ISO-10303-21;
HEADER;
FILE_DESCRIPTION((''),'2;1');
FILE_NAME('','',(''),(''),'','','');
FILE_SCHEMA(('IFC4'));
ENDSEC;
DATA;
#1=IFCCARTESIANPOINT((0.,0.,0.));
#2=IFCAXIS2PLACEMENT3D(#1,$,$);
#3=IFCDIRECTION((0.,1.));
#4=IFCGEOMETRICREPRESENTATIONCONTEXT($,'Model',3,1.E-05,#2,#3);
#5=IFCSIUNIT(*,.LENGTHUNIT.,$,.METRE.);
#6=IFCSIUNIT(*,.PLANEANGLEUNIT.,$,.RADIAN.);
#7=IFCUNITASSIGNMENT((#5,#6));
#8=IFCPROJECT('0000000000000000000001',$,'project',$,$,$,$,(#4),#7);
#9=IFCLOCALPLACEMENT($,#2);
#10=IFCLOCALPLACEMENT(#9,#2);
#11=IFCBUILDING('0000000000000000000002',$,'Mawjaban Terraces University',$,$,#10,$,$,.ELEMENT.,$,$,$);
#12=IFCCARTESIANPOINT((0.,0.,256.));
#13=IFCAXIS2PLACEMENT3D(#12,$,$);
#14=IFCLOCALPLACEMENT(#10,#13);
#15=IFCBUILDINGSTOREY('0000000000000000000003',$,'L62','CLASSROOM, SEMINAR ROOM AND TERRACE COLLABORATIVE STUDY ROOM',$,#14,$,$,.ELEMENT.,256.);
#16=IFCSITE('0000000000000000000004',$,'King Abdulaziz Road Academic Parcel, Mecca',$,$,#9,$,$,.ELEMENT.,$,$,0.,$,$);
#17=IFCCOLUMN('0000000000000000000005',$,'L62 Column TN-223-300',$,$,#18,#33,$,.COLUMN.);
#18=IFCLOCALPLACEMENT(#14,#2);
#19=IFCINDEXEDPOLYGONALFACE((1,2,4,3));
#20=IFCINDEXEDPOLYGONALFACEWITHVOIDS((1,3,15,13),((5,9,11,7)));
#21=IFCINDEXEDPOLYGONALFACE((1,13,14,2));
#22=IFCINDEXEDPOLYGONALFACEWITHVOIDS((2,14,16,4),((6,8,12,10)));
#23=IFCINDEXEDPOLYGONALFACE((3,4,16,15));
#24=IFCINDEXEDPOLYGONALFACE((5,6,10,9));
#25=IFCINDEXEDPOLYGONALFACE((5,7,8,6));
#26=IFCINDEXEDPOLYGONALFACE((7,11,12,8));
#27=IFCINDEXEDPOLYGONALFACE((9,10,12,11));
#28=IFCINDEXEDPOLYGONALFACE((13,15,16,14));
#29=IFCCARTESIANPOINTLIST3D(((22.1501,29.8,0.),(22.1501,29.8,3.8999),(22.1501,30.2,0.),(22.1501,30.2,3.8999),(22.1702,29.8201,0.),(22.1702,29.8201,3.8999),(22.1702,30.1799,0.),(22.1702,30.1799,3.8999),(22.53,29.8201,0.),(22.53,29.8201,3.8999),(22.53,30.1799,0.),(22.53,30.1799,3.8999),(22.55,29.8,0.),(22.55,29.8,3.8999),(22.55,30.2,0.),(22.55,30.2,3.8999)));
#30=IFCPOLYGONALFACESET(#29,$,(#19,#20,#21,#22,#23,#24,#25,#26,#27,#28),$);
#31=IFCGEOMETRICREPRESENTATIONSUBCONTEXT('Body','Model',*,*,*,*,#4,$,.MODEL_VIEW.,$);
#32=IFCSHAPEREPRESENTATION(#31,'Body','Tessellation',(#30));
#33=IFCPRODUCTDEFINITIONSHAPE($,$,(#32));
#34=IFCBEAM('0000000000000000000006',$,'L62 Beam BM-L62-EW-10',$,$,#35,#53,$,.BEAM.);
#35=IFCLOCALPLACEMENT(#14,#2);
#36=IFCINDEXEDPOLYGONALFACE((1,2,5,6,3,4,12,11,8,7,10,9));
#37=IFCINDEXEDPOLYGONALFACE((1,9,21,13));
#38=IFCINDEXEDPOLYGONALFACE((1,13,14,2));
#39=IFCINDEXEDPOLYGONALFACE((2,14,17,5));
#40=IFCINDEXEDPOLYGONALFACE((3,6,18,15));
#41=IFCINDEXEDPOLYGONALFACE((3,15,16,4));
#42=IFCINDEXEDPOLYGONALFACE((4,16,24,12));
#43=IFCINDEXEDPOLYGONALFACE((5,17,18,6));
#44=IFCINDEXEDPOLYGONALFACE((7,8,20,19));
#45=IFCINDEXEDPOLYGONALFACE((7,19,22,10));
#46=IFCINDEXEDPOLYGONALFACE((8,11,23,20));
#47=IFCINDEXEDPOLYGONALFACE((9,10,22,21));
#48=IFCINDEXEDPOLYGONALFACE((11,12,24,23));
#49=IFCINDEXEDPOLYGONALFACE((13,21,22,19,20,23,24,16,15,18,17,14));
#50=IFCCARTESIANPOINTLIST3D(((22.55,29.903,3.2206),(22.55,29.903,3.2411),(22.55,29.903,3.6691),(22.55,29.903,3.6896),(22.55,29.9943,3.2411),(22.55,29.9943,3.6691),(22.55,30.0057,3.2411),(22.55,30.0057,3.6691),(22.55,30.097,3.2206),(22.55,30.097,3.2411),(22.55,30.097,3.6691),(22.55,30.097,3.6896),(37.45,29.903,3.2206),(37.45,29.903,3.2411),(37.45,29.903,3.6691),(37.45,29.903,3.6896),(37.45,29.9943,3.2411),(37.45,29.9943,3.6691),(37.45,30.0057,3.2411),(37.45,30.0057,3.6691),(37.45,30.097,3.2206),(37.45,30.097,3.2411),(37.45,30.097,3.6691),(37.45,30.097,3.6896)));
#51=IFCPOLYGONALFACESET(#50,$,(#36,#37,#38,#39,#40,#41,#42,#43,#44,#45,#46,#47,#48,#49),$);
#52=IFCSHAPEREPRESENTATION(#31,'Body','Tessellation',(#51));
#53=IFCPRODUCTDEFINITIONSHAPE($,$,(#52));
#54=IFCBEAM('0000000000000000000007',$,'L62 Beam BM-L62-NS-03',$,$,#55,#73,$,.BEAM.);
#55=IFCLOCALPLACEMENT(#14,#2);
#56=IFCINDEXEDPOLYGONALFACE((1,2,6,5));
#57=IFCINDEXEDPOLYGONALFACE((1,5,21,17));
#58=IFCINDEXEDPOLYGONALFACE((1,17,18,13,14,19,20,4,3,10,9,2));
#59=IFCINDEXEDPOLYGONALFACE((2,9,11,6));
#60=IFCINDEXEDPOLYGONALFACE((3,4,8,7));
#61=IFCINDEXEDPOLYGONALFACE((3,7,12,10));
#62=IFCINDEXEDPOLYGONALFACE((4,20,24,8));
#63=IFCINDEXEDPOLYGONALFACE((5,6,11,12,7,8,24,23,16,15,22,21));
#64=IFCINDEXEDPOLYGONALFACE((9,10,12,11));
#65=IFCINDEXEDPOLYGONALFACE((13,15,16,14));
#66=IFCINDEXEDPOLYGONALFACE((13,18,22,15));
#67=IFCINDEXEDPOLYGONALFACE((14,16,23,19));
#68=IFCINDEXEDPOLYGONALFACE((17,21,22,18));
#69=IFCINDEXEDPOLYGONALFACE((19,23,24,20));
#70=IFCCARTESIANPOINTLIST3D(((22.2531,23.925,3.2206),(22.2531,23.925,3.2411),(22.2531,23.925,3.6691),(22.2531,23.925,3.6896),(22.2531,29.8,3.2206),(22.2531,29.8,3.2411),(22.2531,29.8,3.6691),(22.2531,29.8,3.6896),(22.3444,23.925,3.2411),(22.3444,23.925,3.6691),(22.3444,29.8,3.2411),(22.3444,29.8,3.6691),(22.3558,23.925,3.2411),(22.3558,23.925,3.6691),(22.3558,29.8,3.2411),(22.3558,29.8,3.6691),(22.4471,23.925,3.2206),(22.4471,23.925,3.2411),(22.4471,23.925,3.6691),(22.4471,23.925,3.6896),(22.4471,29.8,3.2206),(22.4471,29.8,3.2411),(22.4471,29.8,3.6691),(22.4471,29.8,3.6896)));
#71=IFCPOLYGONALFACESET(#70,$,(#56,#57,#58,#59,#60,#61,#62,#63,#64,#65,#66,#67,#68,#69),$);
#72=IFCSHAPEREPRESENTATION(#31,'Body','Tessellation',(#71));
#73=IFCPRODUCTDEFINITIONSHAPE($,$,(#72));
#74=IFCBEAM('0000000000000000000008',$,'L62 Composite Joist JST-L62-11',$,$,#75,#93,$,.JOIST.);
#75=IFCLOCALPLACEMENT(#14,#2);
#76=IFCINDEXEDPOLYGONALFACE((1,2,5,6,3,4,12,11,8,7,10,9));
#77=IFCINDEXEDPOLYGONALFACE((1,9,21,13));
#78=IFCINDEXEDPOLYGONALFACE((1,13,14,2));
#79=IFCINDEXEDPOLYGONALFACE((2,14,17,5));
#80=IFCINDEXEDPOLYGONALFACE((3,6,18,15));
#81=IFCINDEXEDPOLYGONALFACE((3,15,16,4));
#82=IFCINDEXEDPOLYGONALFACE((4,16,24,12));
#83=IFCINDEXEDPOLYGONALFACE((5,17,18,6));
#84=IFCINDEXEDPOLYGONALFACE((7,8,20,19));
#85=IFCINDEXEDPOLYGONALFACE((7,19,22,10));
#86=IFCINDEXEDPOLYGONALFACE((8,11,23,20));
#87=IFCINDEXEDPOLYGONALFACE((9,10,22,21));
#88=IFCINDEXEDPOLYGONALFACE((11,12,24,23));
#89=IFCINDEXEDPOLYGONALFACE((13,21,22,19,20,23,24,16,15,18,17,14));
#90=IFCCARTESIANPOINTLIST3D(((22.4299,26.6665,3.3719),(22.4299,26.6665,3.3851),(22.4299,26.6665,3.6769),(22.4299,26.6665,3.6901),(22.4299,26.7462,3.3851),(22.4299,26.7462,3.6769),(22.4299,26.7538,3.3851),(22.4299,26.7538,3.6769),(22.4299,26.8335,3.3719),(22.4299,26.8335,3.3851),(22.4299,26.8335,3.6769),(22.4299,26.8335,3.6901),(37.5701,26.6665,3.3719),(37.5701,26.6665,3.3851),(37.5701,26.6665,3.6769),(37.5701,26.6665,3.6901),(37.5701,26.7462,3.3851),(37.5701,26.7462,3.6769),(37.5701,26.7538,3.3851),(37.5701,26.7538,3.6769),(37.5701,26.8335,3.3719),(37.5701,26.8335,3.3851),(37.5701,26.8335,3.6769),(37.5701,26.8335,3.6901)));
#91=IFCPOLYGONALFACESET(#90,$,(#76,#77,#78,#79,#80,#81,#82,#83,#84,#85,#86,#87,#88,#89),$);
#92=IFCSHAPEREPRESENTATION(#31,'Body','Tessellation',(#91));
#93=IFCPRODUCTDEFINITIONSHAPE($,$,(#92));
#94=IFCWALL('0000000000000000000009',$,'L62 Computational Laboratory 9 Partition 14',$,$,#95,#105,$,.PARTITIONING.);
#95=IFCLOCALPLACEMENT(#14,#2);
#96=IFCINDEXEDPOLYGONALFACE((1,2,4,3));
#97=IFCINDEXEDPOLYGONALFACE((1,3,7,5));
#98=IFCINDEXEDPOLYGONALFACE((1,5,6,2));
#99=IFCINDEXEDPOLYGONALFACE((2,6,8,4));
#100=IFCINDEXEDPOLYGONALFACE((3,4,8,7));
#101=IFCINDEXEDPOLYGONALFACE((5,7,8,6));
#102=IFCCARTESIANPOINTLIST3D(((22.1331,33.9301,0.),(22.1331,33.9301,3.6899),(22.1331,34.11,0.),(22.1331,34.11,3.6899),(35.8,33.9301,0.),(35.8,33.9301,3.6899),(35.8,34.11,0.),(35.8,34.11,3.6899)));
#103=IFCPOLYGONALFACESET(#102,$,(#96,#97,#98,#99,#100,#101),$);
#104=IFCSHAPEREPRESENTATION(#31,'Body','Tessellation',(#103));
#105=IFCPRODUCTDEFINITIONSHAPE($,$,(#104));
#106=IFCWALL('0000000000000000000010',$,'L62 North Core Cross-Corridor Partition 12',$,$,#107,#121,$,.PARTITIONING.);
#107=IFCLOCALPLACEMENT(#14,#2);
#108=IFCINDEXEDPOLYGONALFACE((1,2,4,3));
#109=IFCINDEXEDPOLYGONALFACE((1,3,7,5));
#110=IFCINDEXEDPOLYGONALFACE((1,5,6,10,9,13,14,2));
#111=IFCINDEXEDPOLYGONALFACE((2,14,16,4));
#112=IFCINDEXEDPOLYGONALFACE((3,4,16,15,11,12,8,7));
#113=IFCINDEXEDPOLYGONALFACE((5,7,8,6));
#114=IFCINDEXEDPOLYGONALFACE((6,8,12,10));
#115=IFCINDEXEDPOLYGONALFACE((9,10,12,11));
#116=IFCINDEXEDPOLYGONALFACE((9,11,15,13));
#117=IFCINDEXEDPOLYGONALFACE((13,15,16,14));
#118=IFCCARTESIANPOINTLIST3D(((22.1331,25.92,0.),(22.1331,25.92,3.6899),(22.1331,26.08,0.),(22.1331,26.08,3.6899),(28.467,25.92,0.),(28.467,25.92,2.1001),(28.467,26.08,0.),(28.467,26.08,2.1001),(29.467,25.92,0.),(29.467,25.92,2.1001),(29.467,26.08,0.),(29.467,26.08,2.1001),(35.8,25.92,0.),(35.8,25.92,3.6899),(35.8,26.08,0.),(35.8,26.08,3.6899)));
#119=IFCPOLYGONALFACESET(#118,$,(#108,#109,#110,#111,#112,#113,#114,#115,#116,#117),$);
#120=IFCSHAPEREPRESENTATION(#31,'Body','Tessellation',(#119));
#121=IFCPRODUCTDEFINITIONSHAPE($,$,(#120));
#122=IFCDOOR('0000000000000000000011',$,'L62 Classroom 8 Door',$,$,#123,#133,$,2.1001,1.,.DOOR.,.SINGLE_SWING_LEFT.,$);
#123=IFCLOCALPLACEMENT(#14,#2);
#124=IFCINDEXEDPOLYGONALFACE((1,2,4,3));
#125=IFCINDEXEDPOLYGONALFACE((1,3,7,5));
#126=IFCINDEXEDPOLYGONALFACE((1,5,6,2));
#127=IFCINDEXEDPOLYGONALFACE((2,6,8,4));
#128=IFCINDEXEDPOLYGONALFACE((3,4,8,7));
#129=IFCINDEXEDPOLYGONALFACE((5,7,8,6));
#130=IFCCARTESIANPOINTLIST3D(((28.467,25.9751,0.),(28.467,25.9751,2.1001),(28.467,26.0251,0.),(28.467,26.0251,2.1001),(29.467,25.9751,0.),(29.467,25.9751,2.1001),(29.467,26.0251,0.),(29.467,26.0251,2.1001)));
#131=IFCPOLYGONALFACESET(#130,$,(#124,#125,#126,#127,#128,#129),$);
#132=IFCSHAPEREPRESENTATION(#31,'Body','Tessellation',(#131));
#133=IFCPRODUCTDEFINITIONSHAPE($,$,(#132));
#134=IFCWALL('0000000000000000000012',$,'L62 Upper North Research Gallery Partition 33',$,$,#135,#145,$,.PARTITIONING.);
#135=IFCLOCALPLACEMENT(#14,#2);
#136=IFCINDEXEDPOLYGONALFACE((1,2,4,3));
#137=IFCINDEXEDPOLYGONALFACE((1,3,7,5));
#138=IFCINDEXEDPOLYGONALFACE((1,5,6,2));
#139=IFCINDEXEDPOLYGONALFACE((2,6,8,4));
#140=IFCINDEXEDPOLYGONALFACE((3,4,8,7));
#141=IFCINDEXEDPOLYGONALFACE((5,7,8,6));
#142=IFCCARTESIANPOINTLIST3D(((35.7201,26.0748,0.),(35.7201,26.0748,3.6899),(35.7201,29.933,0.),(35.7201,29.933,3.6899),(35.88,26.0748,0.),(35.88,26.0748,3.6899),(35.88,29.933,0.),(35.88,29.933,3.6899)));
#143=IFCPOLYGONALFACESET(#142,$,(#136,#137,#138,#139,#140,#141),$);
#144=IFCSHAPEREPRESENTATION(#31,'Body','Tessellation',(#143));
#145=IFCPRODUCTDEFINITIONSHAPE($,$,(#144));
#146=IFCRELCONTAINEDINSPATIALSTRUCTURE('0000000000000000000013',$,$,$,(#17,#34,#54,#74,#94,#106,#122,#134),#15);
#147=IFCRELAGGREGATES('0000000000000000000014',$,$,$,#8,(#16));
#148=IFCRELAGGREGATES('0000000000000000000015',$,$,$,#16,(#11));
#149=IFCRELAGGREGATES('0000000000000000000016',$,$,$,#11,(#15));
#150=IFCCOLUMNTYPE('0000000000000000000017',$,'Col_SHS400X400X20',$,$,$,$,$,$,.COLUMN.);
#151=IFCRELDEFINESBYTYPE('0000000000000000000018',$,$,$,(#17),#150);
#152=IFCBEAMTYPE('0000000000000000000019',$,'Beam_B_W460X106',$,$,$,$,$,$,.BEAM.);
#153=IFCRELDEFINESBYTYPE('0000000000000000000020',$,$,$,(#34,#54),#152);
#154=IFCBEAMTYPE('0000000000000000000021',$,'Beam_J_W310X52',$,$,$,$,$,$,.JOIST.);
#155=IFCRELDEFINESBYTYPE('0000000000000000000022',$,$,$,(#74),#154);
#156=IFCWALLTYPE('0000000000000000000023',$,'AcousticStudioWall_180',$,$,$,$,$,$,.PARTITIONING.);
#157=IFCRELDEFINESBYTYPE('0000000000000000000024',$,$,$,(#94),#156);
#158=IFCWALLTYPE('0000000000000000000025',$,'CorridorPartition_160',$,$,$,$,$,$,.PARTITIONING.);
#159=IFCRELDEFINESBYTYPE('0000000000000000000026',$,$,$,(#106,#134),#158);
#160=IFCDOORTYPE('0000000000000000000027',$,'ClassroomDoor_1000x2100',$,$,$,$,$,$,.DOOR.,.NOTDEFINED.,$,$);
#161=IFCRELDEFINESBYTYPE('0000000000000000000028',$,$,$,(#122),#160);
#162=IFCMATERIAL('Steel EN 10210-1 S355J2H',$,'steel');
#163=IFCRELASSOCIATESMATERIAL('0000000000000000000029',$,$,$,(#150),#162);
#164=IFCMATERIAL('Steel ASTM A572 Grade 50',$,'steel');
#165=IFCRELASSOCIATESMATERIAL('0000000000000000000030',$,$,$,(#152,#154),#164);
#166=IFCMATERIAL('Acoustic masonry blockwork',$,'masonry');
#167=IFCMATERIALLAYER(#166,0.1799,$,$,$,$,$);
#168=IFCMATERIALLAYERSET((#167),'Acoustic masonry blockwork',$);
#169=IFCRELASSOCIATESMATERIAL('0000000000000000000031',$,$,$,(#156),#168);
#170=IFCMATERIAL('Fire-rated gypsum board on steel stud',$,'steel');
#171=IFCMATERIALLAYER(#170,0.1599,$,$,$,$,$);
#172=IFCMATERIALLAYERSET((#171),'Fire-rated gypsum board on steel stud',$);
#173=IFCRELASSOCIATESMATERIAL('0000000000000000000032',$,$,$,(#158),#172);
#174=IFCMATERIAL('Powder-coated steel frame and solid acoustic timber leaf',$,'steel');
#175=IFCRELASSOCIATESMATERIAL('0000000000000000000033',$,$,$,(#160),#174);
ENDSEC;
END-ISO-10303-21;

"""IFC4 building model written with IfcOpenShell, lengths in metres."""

from ifc_helpers import new_model, si_unit, direction, frame, frame_2d, origin, origin_2d, place, context, subcontext, project, spatial, rectangle, hollow_rectangle, i_section, extrude, material, layer, layer_set, material_profile, profile_set, type_object, element, fill, save


model = new_model("IFC4")

# Units and contexts
model_context = context("Model", 3, precision=1e-05, world=origin(), true_north=direction((0.0, 1.0)))
body_context = subcontext(model_context, "Body", "Model", "MODEL_VIEW")
ifc_project = project(units=[si_unit("LENGTHUNIT", "METRE"), si_unit("PLANEANGLEUNIT", "RADIAN")], contexts=[model_context])

# Site, building, storey
site_placement = place(None, origin())
site = spatial("IfcSite", under=ifc_project, at=site_placement, Name="King Abdulaziz Road Academic Parcel, Mecca", CompositionType="ELEMENT", RefElevation=0.0)
building_placement = place(site_placement, origin())
building = spatial("IfcBuilding", under=site, at=building_placement, Name="Mawjaban Terraces University", CompositionType="ELEMENT")
storey_placement = place(building_placement, frame((0.0, 0.0, 256.0)))
storey = spatial("IfcBuildingStorey", under=building, at=storey_placement, Name="L62", Description="CLASSROOM, SEMINAR ROOM AND TERRACE COLLABORATIVE STUDY ROOM", CompositionType="ELEMENT", Elevation=256.0)

# Column
ifc_material_1 = material(Name="Steel EN 10210-1 S355J2H", Category="steel")
ifc_material_profile_1 = material_profile(ifc_material_1, hollow_rectangle(XDim=0.3999, YDim=0.3999, WallThickness=0.02, at=origin_2d()), Name="SHS400X400X20")
ifc_profile_set_1 = profile_set([ifc_material_profile_1], Name="Steel EN 10210-1 S355J2H")
column_type = type_object("IfcColumnType", Name="Col_SHS400X400X20", PredefinedType="COLUMN", material=ifc_profile_set_1)
column_placement = place(storey_placement, frame((22.3501, 30.0, 0.0), z_axis=(0.0, 0.0, 1.0), x_axis=(1.0, 0.0, 0.0)))
element("IfcColumn", 1, at=column_placement, inside=storey, type_object=column_type, Name="L62 Column TN-223-300", PredefinedType="COLUMN", context=body_context, shape_type="SweptSolid", body=[
    extrude(hollow_rectangle(XDim=0.3999, YDim=0.3999, WallThickness=0.02, at=origin_2d()), origin(), (0.0, 0.0, 1.0), 3.8999),
])

# Beams
ifc_material_2 = material(Name="Steel ASTM A572 Grade 50", Category="steel")
ifc_material_profile_2 = material_profile(ifc_material_2, i_section(OverallWidth=0.1941, OverallDepth=0.469, WebThickness=0.0115, FlangeThickness=0.0205, at=origin_2d()), Name="W460X106")
ifc_profile_set_2 = profile_set([ifc_material_profile_2], Name="Steel ASTM A572 Grade 50")
beam_type_1 = type_object("IfcBeamType", Name="Beam_B_W460X106", PredefinedType="BEAM", material=ifc_profile_set_2)
beam_1_placement = place(storey_placement, frame((22.55, 30.0, 3.4551), z_axis=(1.0, 0.0, 0.0), x_axis=(0.0, 1.0, 0.0)))
element("IfcBeam", 2, at=beam_1_placement, inside=storey, type_object=beam_type_1, Name="L62 Beam BM-L62-EW-10", PredefinedType="BEAM", context=body_context, shape_type="SweptSolid", body=[
    extrude(i_section(OverallWidth=0.1941, OverallDepth=0.469, WebThickness=0.0115, FlangeThickness=0.0205, at=origin_2d()), origin(), (0.0, 0.0, 1.0), 14.8999),
])
beam_2_placement = place(storey_placement, frame((22.3501, 23.925, 3.4551), z_axis=(0.0, 1.0, 0.0), x_axis=(-1.0, 0.0, 0.0)))
element("IfcBeam", 3, at=beam_2_placement, inside=storey, type_object=beam_type_1, Name="L62 Beam BM-L62-NS-03", PredefinedType="BEAM", context=body_context, shape_type="SweptSolid", body=[
    extrude(i_section(OverallWidth=0.1941, OverallDepth=0.469, WebThickness=0.0115, FlangeThickness=0.0205, at=origin_2d()), origin(), (0.0, 0.0, 1.0), 5.875),
])
ifc_material_profile_3 = material_profile(ifc_material_2, i_section(OverallWidth=0.167, OverallDepth=0.3181, WebThickness=0.0076, FlangeThickness=0.0132, at=origin_2d()), Name="W310X52")
ifc_profile_set_3 = profile_set([ifc_material_profile_3], Name="Steel ASTM A572 Grade 50")
beam_type_2 = type_object("IfcBeamType", Name="Beam_J_W310X52", PredefinedType="JOIST", material=ifc_profile_set_3)
beam_3_placement = place(storey_placement, frame((22.4299, 26.75, 3.531), z_axis=(1.0, 0.0, 0.0), x_axis=(0.0, 1.0, 0.0)))
element("IfcBeam", 4, at=beam_3_placement, inside=storey, type_object=beam_type_2, Name="L62 Composite Joist JST-L62-11", PredefinedType="JOIST", context=body_context, shape_type="SweptSolid", body=[
    extrude(i_section(OverallWidth=0.167, OverallDepth=0.3181, WebThickness=0.0076, FlangeThickness=0.0132, at=origin_2d()), origin(), (0.0, 0.0, 1.0), 15.1401),
])

# Wall
ifc_material_3 = material(Name="Acoustic masonry blockwork", Category="masonry")
ifc_layer_1 = layer(ifc_material_3, 0.1799)
ifc_layer_set_1 = layer_set([ifc_layer_1], Name="Acoustic masonry blockwork")
wall_type_1 = type_object("IfcWallType", Name="AcousticStudioWall_180", PredefinedType="PARTITIONING", material=ifc_layer_set_1)
wall_1_placement = place(storey_placement, frame((35.8, 34.02, 0.0), z_axis=(0.0, 0.0, 1.0), x_axis=(-1.0, 0.0, 0.0)))
element("IfcWall", 5, at=wall_1_placement, inside=storey, type_object=wall_type_1, Name="L62 Computational Laboratory 9 Partition 14", PredefinedType="PARTITIONING", context=body_context, shape_type="SweptSolid", body=[
    extrude(rectangle(XDim=13.667, YDim=0.1799, at=frame_2d((6.8335, 0.0))), origin(), (0.0, 0.0, 1.0), 3.6899),
])

# Wall, opening, door
ifc_material_4 = material(Name="Fire-rated gypsum board on steel stud", Category="steel")
ifc_layer_2 = layer(ifc_material_4, 0.1599)
ifc_layer_set_2 = layer_set([ifc_layer_2], Name="Fire-rated gypsum board on steel stud")
wall_type_2 = type_object("IfcWallType", Name="CorridorPartition_160", PredefinedType="PARTITIONING", material=ifc_layer_set_2)
wall_2_placement = place(storey_placement, frame((35.8, 26.0, 0.0), z_axis=(0.0, 0.0, 1.0), x_axis=(-1.0, 0.0, 0.0)))
wall_2 = element("IfcWall", 6, at=wall_2_placement, inside=storey, type_object=wall_type_2, Name="L62 North Core Cross-Corridor Partition 12", PredefinedType="PARTITIONING", context=body_context, shape_type="SweptSolid", body=[
    extrude(rectangle(XDim=13.667, YDim=0.1599, at=frame_2d((6.8335, 0.0))), origin(), (0.0, 0.0, 1.0), 3.6899),
])
opening_1_placement = place(wall_2_placement, frame((6.333, 0.0, 0.0)))
opening_1 = element("IfcOpeningElement", 7, at=opening_1_placement, cuts=wall_2, PredefinedType="OPENING", context=body_context, shape_type="SweptSolid", body=[
    extrude(rectangle(XDim=1.0, YDim=2.1001, at=frame_2d((0.5, 1.05))), frame((0.0, 0.0898, 0.0), z_axis=(0.0, -1.0, 0.0), x_axis=(1.0, 0.0, 0.0)), (0.0, 0.0, 1.0), 0.1799),
])
ifc_material_5 = material(Name="Powder-coated steel frame and solid acoustic timber leaf", Category="steel")
door_type_1 = type_object("IfcDoorType", Name="ClassroomDoor_1000x2100", OperationType="NOTDEFINED", PredefinedType="DOOR", material=ifc_material_5)
door_1_placement = place(opening_1_placement, origin())
door_1 = element("IfcDoor", 8, at=door_1_placement, inside=storey, type_object=door_type_1, Name="L62 Classroom 8 Door", OperationType="SINGLE_SWING_LEFT", OverallHeight=2.1001, OverallWidth=1.0, PredefinedType="DOOR", context=body_context, shape_type="SweptSolid", body=[
    extrude(rectangle(XDim=1.0, YDim=2.1001, at=frame_2d((0.5, 1.05))), frame((0.0, 0.0249, 0.0), z_axis=(0.0, -1.0, 0.0), x_axis=(1.0, 0.0, 0.0)), (0.0, 0.0, 1.0), 0.05),
])
fill(opening_1, door_1)

# Wall
wall_3_placement = place(storey_placement, frame((35.8, 29.9331, 0.0), z_axis=(0.0, 0.0, 1.0), x_axis=(0.0, -1.0, 0.0)))
element("IfcWall", 9, at=wall_3_placement, inside=storey, type_object=wall_type_2, Name="L62 Upper North Research Gallery Partition 33", PredefinedType="PARTITIONING", context=body_context, shape_type="SweptSolid", body=[
    extrude(rectangle(XDim=3.8582, YDim=0.1599, at=frame_2d((1.9292, 0.0))), origin(), (0.0, 0.0, 1.0), 3.6899),
])

save(model, "model.ifc")
